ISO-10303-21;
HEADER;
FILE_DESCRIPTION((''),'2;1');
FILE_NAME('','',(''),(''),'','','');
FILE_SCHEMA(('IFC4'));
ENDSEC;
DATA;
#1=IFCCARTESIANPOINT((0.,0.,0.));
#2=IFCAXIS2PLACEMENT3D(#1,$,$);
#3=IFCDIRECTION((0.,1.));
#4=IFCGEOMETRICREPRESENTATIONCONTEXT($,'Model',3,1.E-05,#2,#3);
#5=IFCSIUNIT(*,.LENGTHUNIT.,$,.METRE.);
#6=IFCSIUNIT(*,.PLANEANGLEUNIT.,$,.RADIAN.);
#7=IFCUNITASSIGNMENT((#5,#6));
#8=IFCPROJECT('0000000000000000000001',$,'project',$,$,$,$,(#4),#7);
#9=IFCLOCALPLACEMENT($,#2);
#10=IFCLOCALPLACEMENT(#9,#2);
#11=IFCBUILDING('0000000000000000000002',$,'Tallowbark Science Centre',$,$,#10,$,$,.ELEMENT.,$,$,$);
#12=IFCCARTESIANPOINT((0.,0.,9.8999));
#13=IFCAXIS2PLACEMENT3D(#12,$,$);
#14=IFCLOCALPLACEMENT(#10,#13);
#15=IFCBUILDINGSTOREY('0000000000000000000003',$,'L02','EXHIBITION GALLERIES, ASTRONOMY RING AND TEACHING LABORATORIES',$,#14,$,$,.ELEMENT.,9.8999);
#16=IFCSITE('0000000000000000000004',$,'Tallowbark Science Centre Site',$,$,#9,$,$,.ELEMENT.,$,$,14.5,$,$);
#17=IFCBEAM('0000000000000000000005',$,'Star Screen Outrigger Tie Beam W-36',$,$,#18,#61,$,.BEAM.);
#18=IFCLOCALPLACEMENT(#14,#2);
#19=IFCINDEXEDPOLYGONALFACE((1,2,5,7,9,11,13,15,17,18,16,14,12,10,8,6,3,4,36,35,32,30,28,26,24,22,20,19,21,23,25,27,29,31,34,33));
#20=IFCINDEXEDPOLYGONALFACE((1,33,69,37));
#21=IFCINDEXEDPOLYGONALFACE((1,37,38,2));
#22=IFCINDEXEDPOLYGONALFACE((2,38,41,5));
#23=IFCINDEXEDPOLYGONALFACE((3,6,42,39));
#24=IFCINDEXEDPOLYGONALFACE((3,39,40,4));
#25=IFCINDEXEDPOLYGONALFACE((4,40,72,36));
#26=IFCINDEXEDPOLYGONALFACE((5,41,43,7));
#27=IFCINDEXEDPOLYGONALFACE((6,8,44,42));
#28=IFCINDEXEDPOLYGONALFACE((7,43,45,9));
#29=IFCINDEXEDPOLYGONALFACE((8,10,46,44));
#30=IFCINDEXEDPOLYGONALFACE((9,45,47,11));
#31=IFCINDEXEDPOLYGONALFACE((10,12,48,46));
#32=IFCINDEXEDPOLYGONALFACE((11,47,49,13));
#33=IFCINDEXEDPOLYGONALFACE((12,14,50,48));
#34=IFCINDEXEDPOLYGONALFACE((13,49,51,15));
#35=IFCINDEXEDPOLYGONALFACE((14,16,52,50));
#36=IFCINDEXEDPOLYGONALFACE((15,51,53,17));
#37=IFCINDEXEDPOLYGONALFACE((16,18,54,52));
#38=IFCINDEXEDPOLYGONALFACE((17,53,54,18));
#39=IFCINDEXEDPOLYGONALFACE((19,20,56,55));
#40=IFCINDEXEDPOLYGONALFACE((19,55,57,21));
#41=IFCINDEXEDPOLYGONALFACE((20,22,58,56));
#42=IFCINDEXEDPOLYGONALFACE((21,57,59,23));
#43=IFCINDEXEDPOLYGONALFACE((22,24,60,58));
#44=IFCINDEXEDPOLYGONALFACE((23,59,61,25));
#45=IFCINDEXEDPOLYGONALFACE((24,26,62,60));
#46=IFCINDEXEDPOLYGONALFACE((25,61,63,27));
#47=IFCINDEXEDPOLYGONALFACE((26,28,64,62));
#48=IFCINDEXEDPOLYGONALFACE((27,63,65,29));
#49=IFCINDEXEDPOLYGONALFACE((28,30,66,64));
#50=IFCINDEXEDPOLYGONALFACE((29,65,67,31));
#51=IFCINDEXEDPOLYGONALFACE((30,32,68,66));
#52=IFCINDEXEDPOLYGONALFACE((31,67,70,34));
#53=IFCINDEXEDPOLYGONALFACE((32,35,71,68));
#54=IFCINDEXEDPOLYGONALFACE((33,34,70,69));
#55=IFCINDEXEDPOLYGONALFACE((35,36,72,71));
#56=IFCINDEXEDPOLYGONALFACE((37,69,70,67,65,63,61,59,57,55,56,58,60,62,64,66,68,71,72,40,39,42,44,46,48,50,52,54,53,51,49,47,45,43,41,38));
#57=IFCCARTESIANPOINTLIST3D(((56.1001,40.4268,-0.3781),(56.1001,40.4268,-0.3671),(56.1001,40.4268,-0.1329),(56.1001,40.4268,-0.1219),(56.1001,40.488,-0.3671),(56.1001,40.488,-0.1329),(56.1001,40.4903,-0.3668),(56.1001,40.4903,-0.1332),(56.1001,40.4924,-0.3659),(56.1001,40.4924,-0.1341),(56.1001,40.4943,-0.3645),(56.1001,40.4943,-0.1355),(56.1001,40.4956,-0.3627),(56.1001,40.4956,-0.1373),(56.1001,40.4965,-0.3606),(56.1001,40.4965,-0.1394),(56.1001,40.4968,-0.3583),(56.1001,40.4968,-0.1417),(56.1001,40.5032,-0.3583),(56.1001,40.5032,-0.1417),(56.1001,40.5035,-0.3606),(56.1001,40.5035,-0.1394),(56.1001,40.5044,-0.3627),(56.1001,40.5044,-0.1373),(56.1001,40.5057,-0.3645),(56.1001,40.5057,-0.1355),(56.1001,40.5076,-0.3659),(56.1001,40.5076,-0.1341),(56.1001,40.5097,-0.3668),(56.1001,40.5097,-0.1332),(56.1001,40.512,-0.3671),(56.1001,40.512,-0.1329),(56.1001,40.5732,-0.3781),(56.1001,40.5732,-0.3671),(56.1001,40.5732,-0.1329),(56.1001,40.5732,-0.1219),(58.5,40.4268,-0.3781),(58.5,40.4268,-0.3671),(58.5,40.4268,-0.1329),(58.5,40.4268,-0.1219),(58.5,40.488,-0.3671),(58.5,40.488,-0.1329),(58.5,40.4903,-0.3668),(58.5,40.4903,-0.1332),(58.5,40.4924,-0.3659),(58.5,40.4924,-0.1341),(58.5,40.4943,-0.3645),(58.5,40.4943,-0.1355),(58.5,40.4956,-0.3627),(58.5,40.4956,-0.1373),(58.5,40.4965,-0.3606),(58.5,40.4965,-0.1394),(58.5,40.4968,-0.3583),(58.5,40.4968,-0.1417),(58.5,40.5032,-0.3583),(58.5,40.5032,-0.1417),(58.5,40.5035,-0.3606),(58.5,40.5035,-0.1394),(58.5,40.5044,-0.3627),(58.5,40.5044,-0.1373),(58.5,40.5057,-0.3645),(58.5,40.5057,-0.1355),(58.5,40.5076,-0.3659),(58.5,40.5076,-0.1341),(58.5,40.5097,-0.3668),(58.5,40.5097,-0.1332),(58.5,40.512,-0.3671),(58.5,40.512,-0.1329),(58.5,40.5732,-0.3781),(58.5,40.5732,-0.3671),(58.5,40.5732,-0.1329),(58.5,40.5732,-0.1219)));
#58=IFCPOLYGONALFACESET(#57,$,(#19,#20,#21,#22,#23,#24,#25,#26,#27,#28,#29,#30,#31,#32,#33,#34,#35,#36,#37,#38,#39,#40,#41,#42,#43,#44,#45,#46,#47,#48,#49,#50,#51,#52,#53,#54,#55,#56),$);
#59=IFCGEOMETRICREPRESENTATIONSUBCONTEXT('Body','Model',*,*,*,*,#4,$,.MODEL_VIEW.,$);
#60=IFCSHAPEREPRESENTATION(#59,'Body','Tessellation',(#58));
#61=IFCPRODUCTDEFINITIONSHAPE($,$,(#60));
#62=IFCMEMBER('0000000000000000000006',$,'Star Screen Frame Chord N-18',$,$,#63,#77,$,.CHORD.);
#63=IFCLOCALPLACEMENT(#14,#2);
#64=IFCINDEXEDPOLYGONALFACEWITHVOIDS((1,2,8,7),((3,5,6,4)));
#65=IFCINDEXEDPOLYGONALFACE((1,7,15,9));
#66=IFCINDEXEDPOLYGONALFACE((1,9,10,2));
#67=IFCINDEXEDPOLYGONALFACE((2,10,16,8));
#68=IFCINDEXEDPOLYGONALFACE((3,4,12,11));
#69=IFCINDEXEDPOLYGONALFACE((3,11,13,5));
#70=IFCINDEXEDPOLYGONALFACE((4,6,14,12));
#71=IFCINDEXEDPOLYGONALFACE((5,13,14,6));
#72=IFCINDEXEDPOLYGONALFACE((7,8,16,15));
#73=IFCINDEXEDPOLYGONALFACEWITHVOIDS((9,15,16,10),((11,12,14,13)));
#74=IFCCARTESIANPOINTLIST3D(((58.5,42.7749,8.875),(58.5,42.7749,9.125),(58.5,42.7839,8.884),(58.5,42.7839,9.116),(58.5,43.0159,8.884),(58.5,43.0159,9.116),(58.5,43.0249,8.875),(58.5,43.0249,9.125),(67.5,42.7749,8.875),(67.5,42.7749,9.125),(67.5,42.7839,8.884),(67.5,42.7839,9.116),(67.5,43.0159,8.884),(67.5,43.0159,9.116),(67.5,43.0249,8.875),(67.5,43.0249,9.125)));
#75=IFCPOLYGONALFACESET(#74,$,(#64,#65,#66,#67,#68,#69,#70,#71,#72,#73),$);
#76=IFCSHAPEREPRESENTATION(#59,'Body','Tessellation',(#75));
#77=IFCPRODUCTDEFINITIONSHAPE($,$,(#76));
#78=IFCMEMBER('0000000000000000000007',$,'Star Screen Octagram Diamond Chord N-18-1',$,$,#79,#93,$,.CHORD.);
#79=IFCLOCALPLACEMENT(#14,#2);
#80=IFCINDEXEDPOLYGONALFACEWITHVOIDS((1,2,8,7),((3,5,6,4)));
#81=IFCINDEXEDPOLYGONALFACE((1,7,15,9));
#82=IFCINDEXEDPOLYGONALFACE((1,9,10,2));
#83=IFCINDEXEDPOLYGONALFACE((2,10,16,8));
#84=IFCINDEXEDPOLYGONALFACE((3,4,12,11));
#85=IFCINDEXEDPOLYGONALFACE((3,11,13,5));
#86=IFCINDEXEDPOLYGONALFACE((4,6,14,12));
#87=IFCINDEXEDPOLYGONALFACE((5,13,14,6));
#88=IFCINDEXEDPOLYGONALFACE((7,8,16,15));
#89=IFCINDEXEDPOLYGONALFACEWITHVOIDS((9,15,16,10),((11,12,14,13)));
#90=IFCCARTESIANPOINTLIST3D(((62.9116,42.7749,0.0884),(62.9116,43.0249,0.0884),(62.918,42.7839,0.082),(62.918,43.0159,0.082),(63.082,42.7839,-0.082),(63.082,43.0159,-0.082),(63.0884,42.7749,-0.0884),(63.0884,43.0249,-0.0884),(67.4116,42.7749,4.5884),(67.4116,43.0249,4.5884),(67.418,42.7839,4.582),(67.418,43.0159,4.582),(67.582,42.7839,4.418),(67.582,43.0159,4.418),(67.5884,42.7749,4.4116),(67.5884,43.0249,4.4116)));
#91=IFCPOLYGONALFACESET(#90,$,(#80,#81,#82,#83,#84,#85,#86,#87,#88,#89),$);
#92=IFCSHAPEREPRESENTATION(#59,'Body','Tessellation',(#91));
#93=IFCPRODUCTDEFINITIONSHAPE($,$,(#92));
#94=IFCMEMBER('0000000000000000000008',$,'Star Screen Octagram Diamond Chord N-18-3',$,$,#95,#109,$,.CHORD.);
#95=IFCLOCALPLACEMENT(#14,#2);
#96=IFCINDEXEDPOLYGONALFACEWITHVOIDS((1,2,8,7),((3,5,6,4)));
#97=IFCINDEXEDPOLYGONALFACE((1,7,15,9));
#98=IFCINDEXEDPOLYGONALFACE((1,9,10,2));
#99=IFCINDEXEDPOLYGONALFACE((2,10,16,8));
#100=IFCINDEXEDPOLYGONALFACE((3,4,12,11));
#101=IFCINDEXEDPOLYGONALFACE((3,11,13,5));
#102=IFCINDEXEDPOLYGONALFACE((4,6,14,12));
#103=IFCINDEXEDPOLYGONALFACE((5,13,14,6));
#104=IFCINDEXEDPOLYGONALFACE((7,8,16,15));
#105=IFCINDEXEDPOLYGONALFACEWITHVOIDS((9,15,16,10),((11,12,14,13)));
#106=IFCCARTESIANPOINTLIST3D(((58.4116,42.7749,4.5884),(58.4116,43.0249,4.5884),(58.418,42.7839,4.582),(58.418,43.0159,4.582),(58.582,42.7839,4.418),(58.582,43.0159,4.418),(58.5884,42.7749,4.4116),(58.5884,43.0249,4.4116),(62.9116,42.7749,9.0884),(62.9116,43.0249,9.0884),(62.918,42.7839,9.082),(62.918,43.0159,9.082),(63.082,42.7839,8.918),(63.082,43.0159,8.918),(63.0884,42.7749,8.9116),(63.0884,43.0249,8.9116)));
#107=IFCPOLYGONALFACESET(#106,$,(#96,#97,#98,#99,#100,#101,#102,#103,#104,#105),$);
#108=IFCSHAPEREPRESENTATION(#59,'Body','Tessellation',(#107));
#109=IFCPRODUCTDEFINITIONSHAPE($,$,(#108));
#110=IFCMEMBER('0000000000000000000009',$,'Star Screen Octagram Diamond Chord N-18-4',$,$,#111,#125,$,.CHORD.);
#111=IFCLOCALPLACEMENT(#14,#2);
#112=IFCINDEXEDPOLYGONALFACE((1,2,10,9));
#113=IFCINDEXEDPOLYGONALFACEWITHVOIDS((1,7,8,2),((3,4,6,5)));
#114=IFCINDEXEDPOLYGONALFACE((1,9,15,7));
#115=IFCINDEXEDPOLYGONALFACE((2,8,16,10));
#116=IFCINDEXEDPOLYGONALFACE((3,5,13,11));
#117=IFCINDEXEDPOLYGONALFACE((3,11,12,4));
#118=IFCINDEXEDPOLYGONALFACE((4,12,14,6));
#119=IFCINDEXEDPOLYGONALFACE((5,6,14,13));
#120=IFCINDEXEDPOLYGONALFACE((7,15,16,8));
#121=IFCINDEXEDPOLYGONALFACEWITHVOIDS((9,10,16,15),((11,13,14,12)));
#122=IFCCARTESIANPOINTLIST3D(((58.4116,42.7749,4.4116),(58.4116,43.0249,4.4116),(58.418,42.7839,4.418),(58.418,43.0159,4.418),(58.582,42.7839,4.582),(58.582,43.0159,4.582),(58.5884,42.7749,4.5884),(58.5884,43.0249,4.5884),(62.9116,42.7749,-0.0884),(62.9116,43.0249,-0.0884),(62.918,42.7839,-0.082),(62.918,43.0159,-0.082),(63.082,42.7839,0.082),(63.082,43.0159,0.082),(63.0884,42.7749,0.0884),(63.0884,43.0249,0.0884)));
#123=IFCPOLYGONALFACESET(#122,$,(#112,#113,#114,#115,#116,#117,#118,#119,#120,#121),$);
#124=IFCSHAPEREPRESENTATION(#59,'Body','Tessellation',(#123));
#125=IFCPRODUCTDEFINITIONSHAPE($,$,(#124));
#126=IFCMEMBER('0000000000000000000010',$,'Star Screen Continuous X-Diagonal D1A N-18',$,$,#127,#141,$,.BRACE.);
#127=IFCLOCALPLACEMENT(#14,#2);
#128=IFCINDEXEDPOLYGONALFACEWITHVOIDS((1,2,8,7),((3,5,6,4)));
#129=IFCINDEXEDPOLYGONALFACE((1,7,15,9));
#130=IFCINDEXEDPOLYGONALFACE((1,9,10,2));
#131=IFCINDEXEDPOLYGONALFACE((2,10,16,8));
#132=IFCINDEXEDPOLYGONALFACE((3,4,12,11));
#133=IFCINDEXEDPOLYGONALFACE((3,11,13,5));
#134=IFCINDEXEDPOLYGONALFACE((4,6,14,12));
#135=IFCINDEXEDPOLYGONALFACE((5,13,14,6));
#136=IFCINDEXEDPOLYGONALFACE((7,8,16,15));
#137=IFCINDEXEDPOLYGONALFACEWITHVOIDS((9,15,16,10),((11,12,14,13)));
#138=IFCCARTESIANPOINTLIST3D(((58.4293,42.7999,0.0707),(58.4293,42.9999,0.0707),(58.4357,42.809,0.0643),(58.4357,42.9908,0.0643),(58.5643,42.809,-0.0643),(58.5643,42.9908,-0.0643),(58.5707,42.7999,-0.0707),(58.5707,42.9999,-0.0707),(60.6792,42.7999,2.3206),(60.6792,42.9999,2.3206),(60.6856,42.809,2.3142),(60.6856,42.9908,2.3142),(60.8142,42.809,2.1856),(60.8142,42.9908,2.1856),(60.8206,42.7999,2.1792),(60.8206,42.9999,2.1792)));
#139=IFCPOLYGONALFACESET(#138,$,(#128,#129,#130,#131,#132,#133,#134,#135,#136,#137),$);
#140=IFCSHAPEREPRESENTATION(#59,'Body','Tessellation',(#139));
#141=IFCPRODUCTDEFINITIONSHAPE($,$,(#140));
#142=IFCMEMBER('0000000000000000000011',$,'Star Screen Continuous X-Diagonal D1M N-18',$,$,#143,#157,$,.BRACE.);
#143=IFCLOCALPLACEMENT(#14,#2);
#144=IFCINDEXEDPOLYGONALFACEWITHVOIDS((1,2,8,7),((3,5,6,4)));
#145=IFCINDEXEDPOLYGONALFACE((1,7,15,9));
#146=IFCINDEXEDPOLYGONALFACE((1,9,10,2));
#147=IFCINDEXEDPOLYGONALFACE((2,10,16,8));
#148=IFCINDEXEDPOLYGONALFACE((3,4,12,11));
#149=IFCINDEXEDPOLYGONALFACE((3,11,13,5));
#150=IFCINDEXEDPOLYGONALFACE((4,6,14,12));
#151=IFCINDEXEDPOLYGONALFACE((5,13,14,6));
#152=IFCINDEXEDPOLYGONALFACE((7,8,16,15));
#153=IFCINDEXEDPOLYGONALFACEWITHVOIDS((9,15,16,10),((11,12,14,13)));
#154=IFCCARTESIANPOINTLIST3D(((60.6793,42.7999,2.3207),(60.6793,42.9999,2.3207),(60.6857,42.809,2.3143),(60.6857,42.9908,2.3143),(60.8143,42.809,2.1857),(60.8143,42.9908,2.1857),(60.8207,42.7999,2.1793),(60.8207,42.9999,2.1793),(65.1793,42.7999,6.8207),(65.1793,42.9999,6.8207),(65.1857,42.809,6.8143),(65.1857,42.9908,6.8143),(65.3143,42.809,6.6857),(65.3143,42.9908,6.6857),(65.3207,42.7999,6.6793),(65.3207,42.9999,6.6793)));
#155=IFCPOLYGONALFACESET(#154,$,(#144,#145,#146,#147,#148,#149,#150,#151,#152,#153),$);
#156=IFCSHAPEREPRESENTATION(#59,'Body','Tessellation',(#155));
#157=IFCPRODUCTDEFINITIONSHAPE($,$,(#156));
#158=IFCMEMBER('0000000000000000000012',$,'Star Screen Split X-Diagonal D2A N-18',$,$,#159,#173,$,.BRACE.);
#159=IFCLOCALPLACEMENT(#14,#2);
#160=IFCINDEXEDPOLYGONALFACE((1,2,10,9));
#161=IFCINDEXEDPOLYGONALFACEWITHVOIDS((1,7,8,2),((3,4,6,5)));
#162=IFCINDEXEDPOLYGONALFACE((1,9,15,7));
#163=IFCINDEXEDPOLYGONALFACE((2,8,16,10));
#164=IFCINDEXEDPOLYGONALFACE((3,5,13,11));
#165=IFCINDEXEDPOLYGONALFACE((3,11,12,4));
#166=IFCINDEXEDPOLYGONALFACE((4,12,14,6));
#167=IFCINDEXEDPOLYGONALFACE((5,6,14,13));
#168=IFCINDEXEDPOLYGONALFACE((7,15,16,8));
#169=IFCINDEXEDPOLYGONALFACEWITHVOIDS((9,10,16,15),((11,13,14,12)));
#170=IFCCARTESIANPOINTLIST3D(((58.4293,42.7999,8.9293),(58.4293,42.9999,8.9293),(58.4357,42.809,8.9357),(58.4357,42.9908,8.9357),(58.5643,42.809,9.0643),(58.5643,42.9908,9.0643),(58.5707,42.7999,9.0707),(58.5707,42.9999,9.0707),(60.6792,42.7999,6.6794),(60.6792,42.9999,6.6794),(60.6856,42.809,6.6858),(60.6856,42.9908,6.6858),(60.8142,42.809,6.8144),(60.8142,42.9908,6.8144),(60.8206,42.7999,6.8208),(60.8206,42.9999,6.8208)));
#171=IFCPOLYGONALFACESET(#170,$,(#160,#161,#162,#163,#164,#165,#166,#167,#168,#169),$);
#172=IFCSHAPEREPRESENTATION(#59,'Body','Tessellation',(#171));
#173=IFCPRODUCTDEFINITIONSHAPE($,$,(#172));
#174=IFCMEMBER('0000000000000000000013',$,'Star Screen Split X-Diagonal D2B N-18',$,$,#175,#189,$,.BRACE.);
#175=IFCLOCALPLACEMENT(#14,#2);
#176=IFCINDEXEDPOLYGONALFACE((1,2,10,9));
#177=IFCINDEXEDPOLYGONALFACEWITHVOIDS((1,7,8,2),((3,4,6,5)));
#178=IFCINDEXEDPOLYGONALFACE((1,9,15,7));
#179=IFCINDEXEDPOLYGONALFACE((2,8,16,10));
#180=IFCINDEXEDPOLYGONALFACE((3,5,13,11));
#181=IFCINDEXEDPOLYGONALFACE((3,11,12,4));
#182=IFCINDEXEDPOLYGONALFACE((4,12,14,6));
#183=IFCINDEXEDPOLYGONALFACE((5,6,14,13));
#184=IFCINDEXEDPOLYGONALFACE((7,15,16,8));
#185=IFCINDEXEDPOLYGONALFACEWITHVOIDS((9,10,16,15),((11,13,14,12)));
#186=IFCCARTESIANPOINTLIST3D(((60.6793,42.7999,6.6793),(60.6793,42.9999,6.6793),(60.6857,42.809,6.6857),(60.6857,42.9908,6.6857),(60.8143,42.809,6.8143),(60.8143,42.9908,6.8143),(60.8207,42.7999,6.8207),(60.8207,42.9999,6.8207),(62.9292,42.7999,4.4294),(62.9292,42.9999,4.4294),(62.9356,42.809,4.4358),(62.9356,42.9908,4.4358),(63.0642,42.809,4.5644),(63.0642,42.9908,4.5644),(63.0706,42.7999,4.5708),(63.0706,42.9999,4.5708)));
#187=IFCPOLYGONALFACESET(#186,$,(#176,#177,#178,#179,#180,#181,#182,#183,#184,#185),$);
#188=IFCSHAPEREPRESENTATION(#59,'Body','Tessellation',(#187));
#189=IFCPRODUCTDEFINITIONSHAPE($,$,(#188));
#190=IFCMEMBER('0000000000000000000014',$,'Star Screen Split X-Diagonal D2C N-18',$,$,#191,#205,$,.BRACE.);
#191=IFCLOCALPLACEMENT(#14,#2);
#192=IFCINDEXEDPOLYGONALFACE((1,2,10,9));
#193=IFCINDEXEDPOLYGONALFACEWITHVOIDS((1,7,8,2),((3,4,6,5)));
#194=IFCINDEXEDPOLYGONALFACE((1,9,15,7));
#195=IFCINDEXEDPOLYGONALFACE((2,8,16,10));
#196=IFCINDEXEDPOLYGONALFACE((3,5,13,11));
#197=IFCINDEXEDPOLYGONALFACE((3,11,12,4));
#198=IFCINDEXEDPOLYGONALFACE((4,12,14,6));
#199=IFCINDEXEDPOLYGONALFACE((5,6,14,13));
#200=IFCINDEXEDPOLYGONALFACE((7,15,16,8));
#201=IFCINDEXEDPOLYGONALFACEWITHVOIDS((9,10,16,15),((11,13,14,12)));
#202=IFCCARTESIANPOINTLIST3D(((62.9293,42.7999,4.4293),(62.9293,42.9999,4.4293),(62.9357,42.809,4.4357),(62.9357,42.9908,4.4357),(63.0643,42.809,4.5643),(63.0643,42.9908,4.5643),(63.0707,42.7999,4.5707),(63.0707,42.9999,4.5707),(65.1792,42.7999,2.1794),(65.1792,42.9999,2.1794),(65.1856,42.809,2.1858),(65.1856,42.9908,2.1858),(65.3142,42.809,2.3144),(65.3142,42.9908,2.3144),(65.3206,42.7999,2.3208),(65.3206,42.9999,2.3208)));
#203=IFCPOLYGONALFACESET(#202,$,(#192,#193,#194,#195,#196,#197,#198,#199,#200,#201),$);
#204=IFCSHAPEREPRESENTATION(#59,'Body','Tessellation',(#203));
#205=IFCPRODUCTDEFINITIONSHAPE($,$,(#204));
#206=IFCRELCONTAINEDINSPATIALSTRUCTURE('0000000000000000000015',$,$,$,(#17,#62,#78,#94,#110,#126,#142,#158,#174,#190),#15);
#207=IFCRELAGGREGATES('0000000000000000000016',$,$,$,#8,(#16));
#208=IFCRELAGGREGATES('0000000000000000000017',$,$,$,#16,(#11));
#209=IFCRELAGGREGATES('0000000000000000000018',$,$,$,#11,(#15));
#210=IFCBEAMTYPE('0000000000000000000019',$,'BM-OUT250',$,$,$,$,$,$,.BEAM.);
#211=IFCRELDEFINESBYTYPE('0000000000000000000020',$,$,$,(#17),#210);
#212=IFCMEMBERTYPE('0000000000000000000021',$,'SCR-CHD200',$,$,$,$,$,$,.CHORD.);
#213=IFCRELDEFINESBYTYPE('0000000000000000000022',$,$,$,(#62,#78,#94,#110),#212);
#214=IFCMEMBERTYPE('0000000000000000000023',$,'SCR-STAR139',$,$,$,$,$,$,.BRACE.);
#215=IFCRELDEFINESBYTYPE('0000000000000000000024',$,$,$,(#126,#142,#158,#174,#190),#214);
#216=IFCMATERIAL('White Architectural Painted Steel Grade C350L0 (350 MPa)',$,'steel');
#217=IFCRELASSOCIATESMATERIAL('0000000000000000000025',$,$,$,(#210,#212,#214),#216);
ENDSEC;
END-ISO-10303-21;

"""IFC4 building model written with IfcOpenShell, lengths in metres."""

from ifc_helpers import new_model, si_unit, direction, frame, origin, origin_2d, place, context, subcontext, project, spatial, hollow_rectangle, i_section, extrude, material, material_profile, profile_set, type_object, element, save


model = new_model("IFC4")

# Units and contexts
model_context = context("Model", 3, precision=1e-05, world=origin(), true_north=direction((0.0, 1.0)))
body_context = subcontext(model_context, "Body", "Model", "MODEL_VIEW")
ifc_project = project(units=[si_unit("LENGTHUNIT", "METRE"), si_unit("PLANEANGLEUNIT", "RADIAN")], contexts=[model_context])

# Site, building, storey
site_placement = place(None, origin())
site = spatial("IfcSite", under=ifc_project, at=site_placement, Name="Tallowbark Science Centre Site", CompositionType="ELEMENT", RefElevation=14.5)
building_placement = place(site_placement, origin())
building = spatial("IfcBuilding", under=site, at=building_placement, Name="Tallowbark Science Centre", CompositionType="ELEMENT")
storey_placement = place(building_placement, frame((0.0, 0.0, 9.8999)))
storey = spatial("IfcBuildingStorey", under=building, at=storey_placement, Name="L02", Description="EXHIBITION GALLERIES, ASTRONOMY RING AND TEACHING LABORATORIES", CompositionType="ELEMENT", Elevation=9.8999)

# Shared definitions
ifc_material_1 = material(Name="White Architectural Painted Steel Grade C350L0 (350 MPa)", Category="steel")

# Beam
ifc_material_profile_1 = material_profile(ifc_material_1, i_section(OverallWidth=0.1465, OverallDepth=0.2561, WebThickness=0.0063, FlangeThickness=0.011, FilletRadius=0.0088, at=origin_2d()), Name="250UB37.3")
ifc_profile_set_1 = profile_set([ifc_material_profile_1], Name="White Architectural Painted Steel Grade C350L0 (350 MPa)")
beam_type_1 = type_object("IfcBeamType", Name="BM-OUT250", PredefinedType="BEAM", material=ifc_profile_set_1)
for number, where, z_axis, x_axis, name in (
    (1, (58.5, 40.5, -0.25), (-1.0, 0.0, 0.0), (0.0, -1.0, 0.0), "Star Screen Outrigger Tie Beam W-36"),
):
    element("IfcBeam", number, at=place(storey_placement, frame(where, z_axis=z_axis, x_axis=x_axis)), inside=storey, type_object=beam_type_1, Name=name, PredefinedType="BEAM", context=body_context, shape_type="SweptSolid", body=[
        extrude(i_section(OverallWidth=0.1465, OverallDepth=0.2561, WebThickness=0.0063, FlangeThickness=0.011, FilletRadius=0.0088, at=origin_2d()), origin(), (0.0, 0.0, 1.0), 2.3999),
    ])

# Members
ifc_material_profile_2 = material_profile(ifc_material_1, hollow_rectangle(XDim=0.25, YDim=0.25, WallThickness=0.009, at=origin_2d()), Name="250x250x9.0SHS")
ifc_profile_set_2 = profile_set([ifc_material_profile_2], Name="White Architectural Painted Steel Grade C350L0 (350 MPa)")
member_type_1 = type_object("IfcMemberType", Name="SCR-CHD200", PredefinedType="CHORD", material=ifc_profile_set_2)
member_1_placement = place(storey_placement, frame((58.5, 42.8999, 9.0), z_axis=(1.0, 0.0, 0.0), x_axis=(0.0, 1.0, 0.0)))
element("IfcMember", 2, at=member_1_placement, inside=storey, type_object=member_type_1, Name="Star Screen Frame Chord N-18", PredefinedType="CHORD", context=body_context, shape_type="SweptSolid", body=[
    extrude(hollow_rectangle(XDim=0.25, YDim=0.25, WallThickness=0.009, at=origin_2d()), origin(), (0.0, 0.0, 1.0), 9.0),
])
for number, where, z_axis, x_axis, name in (
    (3, (63.0, 42.8999, 0.0), (0.707107, 0.0, 0.707107), (0.0, 1.0, 0.0), "Star Screen Octagram Diamond Chord N-18-1"),
    (4, (63.0, 42.8999, 9.0), (-0.707107, 0.0, -0.707107), (0.0, -1.0, 0.0), "Star Screen Octagram Diamond Chord N-18-3"),
    (5, (58.5, 42.8999, 4.5), (0.707107, 0.0, -0.707107), (0.0, 1.0, 0.0), "Star Screen Octagram Diamond Chord N-18-4"),
):
    element("IfcMember", number, at=place(storey_placement, frame(where, z_axis=z_axis, x_axis=x_axis)), inside=storey, type_object=member_type_1, Name=name, PredefinedType="CHORD", context=body_context, shape_type="SweptSolid", body=[
        extrude(hollow_rectangle(XDim=0.25, YDim=0.25, WallThickness=0.009, at=origin_2d()), origin(), (0.0, 0.0, 1.0), 6.364),
    ])
ifc_material_profile_3 = material_profile(ifc_material_1, hollow_rectangle(XDim=0.2, YDim=0.2, WallThickness=0.009, at=origin_2d()), Name="200x200x9.0SHS")
ifc_profile_set_3 = profile_set([ifc_material_profile_3], Name="White Architectural Painted Steel Grade C350L0 (350 MPa)")
member_type_2 = type_object("IfcMemberType", Name="SCR-STAR139", PredefinedType="BRACE", material=ifc_profile_set_3)
member_2_placement = place(storey_placement, frame((58.5, 42.8999, 0.0), z_axis=(0.707107, 0.0, 0.707107), x_axis=(0.0, 1.0, 0.0)))
element("IfcMember", 6, at=member_2_placement, inside=storey, type_object=member_type_2, Name="Star Screen Continuous X-Diagonal D1A N-18", PredefinedType="BRACE", context=body_context, shape_type="SweptSolid", body=[
    extrude(hollow_rectangle(XDim=0.2, YDim=0.2, WallThickness=0.009, at=origin_2d()), origin(), (0.0, 0.0, 1.0), 3.1819),
])
member_3_placement = place(storey_placement, frame((60.75, 42.8999, 2.25), z_axis=(0.707107, 0.0, 0.707107), x_axis=(0.0, 1.0, 0.0)))
element("IfcMember", 7, at=member_3_placement, inside=storey, type_object=member_type_2, Name="Star Screen Continuous X-Diagonal D1M N-18", PredefinedType="BRACE", context=body_context, shape_type="SweptSolid", body=[
    extrude(hollow_rectangle(XDim=0.2, YDim=0.2, WallThickness=0.009, at=origin_2d()), origin(), (0.0, 0.0, 1.0), 6.364),
])
for number, where, z_axis, x_axis, name in (
    (8, (58.5, 42.8999, 9.0), (0.707107, 0.0, -0.707107), (0.0, 1.0, 0.0), "Star Screen Split X-Diagonal D2A N-18"),
    (9, (60.75, 42.8999, 6.75), (0.707107, 0.0, -0.707107), (0.0, 1.0, 0.0), "Star Screen Split X-Diagonal D2B N-18"),
    (10, (63.0, 42.8999, 4.5), (0.707107, 0.0, -0.707107), (0.0, 1.0, 0.0), "Star Screen Split X-Diagonal D2C N-18"),
):
    element("IfcMember", number, at=place(storey_placement, frame(where, z_axis=z_axis, x_axis=x_axis)), inside=storey, type_object=member_type_2, Name=name, PredefinedType="BRACE", context=body_context, shape_type="SweptSolid", body=[
        extrude(hollow_rectangle(XDim=0.2, YDim=0.2, WallThickness=0.009, at=origin_2d()), origin(), (0.0, 0.0, 1.0), 3.1819),
    ])

save(model, "model.ifc")
